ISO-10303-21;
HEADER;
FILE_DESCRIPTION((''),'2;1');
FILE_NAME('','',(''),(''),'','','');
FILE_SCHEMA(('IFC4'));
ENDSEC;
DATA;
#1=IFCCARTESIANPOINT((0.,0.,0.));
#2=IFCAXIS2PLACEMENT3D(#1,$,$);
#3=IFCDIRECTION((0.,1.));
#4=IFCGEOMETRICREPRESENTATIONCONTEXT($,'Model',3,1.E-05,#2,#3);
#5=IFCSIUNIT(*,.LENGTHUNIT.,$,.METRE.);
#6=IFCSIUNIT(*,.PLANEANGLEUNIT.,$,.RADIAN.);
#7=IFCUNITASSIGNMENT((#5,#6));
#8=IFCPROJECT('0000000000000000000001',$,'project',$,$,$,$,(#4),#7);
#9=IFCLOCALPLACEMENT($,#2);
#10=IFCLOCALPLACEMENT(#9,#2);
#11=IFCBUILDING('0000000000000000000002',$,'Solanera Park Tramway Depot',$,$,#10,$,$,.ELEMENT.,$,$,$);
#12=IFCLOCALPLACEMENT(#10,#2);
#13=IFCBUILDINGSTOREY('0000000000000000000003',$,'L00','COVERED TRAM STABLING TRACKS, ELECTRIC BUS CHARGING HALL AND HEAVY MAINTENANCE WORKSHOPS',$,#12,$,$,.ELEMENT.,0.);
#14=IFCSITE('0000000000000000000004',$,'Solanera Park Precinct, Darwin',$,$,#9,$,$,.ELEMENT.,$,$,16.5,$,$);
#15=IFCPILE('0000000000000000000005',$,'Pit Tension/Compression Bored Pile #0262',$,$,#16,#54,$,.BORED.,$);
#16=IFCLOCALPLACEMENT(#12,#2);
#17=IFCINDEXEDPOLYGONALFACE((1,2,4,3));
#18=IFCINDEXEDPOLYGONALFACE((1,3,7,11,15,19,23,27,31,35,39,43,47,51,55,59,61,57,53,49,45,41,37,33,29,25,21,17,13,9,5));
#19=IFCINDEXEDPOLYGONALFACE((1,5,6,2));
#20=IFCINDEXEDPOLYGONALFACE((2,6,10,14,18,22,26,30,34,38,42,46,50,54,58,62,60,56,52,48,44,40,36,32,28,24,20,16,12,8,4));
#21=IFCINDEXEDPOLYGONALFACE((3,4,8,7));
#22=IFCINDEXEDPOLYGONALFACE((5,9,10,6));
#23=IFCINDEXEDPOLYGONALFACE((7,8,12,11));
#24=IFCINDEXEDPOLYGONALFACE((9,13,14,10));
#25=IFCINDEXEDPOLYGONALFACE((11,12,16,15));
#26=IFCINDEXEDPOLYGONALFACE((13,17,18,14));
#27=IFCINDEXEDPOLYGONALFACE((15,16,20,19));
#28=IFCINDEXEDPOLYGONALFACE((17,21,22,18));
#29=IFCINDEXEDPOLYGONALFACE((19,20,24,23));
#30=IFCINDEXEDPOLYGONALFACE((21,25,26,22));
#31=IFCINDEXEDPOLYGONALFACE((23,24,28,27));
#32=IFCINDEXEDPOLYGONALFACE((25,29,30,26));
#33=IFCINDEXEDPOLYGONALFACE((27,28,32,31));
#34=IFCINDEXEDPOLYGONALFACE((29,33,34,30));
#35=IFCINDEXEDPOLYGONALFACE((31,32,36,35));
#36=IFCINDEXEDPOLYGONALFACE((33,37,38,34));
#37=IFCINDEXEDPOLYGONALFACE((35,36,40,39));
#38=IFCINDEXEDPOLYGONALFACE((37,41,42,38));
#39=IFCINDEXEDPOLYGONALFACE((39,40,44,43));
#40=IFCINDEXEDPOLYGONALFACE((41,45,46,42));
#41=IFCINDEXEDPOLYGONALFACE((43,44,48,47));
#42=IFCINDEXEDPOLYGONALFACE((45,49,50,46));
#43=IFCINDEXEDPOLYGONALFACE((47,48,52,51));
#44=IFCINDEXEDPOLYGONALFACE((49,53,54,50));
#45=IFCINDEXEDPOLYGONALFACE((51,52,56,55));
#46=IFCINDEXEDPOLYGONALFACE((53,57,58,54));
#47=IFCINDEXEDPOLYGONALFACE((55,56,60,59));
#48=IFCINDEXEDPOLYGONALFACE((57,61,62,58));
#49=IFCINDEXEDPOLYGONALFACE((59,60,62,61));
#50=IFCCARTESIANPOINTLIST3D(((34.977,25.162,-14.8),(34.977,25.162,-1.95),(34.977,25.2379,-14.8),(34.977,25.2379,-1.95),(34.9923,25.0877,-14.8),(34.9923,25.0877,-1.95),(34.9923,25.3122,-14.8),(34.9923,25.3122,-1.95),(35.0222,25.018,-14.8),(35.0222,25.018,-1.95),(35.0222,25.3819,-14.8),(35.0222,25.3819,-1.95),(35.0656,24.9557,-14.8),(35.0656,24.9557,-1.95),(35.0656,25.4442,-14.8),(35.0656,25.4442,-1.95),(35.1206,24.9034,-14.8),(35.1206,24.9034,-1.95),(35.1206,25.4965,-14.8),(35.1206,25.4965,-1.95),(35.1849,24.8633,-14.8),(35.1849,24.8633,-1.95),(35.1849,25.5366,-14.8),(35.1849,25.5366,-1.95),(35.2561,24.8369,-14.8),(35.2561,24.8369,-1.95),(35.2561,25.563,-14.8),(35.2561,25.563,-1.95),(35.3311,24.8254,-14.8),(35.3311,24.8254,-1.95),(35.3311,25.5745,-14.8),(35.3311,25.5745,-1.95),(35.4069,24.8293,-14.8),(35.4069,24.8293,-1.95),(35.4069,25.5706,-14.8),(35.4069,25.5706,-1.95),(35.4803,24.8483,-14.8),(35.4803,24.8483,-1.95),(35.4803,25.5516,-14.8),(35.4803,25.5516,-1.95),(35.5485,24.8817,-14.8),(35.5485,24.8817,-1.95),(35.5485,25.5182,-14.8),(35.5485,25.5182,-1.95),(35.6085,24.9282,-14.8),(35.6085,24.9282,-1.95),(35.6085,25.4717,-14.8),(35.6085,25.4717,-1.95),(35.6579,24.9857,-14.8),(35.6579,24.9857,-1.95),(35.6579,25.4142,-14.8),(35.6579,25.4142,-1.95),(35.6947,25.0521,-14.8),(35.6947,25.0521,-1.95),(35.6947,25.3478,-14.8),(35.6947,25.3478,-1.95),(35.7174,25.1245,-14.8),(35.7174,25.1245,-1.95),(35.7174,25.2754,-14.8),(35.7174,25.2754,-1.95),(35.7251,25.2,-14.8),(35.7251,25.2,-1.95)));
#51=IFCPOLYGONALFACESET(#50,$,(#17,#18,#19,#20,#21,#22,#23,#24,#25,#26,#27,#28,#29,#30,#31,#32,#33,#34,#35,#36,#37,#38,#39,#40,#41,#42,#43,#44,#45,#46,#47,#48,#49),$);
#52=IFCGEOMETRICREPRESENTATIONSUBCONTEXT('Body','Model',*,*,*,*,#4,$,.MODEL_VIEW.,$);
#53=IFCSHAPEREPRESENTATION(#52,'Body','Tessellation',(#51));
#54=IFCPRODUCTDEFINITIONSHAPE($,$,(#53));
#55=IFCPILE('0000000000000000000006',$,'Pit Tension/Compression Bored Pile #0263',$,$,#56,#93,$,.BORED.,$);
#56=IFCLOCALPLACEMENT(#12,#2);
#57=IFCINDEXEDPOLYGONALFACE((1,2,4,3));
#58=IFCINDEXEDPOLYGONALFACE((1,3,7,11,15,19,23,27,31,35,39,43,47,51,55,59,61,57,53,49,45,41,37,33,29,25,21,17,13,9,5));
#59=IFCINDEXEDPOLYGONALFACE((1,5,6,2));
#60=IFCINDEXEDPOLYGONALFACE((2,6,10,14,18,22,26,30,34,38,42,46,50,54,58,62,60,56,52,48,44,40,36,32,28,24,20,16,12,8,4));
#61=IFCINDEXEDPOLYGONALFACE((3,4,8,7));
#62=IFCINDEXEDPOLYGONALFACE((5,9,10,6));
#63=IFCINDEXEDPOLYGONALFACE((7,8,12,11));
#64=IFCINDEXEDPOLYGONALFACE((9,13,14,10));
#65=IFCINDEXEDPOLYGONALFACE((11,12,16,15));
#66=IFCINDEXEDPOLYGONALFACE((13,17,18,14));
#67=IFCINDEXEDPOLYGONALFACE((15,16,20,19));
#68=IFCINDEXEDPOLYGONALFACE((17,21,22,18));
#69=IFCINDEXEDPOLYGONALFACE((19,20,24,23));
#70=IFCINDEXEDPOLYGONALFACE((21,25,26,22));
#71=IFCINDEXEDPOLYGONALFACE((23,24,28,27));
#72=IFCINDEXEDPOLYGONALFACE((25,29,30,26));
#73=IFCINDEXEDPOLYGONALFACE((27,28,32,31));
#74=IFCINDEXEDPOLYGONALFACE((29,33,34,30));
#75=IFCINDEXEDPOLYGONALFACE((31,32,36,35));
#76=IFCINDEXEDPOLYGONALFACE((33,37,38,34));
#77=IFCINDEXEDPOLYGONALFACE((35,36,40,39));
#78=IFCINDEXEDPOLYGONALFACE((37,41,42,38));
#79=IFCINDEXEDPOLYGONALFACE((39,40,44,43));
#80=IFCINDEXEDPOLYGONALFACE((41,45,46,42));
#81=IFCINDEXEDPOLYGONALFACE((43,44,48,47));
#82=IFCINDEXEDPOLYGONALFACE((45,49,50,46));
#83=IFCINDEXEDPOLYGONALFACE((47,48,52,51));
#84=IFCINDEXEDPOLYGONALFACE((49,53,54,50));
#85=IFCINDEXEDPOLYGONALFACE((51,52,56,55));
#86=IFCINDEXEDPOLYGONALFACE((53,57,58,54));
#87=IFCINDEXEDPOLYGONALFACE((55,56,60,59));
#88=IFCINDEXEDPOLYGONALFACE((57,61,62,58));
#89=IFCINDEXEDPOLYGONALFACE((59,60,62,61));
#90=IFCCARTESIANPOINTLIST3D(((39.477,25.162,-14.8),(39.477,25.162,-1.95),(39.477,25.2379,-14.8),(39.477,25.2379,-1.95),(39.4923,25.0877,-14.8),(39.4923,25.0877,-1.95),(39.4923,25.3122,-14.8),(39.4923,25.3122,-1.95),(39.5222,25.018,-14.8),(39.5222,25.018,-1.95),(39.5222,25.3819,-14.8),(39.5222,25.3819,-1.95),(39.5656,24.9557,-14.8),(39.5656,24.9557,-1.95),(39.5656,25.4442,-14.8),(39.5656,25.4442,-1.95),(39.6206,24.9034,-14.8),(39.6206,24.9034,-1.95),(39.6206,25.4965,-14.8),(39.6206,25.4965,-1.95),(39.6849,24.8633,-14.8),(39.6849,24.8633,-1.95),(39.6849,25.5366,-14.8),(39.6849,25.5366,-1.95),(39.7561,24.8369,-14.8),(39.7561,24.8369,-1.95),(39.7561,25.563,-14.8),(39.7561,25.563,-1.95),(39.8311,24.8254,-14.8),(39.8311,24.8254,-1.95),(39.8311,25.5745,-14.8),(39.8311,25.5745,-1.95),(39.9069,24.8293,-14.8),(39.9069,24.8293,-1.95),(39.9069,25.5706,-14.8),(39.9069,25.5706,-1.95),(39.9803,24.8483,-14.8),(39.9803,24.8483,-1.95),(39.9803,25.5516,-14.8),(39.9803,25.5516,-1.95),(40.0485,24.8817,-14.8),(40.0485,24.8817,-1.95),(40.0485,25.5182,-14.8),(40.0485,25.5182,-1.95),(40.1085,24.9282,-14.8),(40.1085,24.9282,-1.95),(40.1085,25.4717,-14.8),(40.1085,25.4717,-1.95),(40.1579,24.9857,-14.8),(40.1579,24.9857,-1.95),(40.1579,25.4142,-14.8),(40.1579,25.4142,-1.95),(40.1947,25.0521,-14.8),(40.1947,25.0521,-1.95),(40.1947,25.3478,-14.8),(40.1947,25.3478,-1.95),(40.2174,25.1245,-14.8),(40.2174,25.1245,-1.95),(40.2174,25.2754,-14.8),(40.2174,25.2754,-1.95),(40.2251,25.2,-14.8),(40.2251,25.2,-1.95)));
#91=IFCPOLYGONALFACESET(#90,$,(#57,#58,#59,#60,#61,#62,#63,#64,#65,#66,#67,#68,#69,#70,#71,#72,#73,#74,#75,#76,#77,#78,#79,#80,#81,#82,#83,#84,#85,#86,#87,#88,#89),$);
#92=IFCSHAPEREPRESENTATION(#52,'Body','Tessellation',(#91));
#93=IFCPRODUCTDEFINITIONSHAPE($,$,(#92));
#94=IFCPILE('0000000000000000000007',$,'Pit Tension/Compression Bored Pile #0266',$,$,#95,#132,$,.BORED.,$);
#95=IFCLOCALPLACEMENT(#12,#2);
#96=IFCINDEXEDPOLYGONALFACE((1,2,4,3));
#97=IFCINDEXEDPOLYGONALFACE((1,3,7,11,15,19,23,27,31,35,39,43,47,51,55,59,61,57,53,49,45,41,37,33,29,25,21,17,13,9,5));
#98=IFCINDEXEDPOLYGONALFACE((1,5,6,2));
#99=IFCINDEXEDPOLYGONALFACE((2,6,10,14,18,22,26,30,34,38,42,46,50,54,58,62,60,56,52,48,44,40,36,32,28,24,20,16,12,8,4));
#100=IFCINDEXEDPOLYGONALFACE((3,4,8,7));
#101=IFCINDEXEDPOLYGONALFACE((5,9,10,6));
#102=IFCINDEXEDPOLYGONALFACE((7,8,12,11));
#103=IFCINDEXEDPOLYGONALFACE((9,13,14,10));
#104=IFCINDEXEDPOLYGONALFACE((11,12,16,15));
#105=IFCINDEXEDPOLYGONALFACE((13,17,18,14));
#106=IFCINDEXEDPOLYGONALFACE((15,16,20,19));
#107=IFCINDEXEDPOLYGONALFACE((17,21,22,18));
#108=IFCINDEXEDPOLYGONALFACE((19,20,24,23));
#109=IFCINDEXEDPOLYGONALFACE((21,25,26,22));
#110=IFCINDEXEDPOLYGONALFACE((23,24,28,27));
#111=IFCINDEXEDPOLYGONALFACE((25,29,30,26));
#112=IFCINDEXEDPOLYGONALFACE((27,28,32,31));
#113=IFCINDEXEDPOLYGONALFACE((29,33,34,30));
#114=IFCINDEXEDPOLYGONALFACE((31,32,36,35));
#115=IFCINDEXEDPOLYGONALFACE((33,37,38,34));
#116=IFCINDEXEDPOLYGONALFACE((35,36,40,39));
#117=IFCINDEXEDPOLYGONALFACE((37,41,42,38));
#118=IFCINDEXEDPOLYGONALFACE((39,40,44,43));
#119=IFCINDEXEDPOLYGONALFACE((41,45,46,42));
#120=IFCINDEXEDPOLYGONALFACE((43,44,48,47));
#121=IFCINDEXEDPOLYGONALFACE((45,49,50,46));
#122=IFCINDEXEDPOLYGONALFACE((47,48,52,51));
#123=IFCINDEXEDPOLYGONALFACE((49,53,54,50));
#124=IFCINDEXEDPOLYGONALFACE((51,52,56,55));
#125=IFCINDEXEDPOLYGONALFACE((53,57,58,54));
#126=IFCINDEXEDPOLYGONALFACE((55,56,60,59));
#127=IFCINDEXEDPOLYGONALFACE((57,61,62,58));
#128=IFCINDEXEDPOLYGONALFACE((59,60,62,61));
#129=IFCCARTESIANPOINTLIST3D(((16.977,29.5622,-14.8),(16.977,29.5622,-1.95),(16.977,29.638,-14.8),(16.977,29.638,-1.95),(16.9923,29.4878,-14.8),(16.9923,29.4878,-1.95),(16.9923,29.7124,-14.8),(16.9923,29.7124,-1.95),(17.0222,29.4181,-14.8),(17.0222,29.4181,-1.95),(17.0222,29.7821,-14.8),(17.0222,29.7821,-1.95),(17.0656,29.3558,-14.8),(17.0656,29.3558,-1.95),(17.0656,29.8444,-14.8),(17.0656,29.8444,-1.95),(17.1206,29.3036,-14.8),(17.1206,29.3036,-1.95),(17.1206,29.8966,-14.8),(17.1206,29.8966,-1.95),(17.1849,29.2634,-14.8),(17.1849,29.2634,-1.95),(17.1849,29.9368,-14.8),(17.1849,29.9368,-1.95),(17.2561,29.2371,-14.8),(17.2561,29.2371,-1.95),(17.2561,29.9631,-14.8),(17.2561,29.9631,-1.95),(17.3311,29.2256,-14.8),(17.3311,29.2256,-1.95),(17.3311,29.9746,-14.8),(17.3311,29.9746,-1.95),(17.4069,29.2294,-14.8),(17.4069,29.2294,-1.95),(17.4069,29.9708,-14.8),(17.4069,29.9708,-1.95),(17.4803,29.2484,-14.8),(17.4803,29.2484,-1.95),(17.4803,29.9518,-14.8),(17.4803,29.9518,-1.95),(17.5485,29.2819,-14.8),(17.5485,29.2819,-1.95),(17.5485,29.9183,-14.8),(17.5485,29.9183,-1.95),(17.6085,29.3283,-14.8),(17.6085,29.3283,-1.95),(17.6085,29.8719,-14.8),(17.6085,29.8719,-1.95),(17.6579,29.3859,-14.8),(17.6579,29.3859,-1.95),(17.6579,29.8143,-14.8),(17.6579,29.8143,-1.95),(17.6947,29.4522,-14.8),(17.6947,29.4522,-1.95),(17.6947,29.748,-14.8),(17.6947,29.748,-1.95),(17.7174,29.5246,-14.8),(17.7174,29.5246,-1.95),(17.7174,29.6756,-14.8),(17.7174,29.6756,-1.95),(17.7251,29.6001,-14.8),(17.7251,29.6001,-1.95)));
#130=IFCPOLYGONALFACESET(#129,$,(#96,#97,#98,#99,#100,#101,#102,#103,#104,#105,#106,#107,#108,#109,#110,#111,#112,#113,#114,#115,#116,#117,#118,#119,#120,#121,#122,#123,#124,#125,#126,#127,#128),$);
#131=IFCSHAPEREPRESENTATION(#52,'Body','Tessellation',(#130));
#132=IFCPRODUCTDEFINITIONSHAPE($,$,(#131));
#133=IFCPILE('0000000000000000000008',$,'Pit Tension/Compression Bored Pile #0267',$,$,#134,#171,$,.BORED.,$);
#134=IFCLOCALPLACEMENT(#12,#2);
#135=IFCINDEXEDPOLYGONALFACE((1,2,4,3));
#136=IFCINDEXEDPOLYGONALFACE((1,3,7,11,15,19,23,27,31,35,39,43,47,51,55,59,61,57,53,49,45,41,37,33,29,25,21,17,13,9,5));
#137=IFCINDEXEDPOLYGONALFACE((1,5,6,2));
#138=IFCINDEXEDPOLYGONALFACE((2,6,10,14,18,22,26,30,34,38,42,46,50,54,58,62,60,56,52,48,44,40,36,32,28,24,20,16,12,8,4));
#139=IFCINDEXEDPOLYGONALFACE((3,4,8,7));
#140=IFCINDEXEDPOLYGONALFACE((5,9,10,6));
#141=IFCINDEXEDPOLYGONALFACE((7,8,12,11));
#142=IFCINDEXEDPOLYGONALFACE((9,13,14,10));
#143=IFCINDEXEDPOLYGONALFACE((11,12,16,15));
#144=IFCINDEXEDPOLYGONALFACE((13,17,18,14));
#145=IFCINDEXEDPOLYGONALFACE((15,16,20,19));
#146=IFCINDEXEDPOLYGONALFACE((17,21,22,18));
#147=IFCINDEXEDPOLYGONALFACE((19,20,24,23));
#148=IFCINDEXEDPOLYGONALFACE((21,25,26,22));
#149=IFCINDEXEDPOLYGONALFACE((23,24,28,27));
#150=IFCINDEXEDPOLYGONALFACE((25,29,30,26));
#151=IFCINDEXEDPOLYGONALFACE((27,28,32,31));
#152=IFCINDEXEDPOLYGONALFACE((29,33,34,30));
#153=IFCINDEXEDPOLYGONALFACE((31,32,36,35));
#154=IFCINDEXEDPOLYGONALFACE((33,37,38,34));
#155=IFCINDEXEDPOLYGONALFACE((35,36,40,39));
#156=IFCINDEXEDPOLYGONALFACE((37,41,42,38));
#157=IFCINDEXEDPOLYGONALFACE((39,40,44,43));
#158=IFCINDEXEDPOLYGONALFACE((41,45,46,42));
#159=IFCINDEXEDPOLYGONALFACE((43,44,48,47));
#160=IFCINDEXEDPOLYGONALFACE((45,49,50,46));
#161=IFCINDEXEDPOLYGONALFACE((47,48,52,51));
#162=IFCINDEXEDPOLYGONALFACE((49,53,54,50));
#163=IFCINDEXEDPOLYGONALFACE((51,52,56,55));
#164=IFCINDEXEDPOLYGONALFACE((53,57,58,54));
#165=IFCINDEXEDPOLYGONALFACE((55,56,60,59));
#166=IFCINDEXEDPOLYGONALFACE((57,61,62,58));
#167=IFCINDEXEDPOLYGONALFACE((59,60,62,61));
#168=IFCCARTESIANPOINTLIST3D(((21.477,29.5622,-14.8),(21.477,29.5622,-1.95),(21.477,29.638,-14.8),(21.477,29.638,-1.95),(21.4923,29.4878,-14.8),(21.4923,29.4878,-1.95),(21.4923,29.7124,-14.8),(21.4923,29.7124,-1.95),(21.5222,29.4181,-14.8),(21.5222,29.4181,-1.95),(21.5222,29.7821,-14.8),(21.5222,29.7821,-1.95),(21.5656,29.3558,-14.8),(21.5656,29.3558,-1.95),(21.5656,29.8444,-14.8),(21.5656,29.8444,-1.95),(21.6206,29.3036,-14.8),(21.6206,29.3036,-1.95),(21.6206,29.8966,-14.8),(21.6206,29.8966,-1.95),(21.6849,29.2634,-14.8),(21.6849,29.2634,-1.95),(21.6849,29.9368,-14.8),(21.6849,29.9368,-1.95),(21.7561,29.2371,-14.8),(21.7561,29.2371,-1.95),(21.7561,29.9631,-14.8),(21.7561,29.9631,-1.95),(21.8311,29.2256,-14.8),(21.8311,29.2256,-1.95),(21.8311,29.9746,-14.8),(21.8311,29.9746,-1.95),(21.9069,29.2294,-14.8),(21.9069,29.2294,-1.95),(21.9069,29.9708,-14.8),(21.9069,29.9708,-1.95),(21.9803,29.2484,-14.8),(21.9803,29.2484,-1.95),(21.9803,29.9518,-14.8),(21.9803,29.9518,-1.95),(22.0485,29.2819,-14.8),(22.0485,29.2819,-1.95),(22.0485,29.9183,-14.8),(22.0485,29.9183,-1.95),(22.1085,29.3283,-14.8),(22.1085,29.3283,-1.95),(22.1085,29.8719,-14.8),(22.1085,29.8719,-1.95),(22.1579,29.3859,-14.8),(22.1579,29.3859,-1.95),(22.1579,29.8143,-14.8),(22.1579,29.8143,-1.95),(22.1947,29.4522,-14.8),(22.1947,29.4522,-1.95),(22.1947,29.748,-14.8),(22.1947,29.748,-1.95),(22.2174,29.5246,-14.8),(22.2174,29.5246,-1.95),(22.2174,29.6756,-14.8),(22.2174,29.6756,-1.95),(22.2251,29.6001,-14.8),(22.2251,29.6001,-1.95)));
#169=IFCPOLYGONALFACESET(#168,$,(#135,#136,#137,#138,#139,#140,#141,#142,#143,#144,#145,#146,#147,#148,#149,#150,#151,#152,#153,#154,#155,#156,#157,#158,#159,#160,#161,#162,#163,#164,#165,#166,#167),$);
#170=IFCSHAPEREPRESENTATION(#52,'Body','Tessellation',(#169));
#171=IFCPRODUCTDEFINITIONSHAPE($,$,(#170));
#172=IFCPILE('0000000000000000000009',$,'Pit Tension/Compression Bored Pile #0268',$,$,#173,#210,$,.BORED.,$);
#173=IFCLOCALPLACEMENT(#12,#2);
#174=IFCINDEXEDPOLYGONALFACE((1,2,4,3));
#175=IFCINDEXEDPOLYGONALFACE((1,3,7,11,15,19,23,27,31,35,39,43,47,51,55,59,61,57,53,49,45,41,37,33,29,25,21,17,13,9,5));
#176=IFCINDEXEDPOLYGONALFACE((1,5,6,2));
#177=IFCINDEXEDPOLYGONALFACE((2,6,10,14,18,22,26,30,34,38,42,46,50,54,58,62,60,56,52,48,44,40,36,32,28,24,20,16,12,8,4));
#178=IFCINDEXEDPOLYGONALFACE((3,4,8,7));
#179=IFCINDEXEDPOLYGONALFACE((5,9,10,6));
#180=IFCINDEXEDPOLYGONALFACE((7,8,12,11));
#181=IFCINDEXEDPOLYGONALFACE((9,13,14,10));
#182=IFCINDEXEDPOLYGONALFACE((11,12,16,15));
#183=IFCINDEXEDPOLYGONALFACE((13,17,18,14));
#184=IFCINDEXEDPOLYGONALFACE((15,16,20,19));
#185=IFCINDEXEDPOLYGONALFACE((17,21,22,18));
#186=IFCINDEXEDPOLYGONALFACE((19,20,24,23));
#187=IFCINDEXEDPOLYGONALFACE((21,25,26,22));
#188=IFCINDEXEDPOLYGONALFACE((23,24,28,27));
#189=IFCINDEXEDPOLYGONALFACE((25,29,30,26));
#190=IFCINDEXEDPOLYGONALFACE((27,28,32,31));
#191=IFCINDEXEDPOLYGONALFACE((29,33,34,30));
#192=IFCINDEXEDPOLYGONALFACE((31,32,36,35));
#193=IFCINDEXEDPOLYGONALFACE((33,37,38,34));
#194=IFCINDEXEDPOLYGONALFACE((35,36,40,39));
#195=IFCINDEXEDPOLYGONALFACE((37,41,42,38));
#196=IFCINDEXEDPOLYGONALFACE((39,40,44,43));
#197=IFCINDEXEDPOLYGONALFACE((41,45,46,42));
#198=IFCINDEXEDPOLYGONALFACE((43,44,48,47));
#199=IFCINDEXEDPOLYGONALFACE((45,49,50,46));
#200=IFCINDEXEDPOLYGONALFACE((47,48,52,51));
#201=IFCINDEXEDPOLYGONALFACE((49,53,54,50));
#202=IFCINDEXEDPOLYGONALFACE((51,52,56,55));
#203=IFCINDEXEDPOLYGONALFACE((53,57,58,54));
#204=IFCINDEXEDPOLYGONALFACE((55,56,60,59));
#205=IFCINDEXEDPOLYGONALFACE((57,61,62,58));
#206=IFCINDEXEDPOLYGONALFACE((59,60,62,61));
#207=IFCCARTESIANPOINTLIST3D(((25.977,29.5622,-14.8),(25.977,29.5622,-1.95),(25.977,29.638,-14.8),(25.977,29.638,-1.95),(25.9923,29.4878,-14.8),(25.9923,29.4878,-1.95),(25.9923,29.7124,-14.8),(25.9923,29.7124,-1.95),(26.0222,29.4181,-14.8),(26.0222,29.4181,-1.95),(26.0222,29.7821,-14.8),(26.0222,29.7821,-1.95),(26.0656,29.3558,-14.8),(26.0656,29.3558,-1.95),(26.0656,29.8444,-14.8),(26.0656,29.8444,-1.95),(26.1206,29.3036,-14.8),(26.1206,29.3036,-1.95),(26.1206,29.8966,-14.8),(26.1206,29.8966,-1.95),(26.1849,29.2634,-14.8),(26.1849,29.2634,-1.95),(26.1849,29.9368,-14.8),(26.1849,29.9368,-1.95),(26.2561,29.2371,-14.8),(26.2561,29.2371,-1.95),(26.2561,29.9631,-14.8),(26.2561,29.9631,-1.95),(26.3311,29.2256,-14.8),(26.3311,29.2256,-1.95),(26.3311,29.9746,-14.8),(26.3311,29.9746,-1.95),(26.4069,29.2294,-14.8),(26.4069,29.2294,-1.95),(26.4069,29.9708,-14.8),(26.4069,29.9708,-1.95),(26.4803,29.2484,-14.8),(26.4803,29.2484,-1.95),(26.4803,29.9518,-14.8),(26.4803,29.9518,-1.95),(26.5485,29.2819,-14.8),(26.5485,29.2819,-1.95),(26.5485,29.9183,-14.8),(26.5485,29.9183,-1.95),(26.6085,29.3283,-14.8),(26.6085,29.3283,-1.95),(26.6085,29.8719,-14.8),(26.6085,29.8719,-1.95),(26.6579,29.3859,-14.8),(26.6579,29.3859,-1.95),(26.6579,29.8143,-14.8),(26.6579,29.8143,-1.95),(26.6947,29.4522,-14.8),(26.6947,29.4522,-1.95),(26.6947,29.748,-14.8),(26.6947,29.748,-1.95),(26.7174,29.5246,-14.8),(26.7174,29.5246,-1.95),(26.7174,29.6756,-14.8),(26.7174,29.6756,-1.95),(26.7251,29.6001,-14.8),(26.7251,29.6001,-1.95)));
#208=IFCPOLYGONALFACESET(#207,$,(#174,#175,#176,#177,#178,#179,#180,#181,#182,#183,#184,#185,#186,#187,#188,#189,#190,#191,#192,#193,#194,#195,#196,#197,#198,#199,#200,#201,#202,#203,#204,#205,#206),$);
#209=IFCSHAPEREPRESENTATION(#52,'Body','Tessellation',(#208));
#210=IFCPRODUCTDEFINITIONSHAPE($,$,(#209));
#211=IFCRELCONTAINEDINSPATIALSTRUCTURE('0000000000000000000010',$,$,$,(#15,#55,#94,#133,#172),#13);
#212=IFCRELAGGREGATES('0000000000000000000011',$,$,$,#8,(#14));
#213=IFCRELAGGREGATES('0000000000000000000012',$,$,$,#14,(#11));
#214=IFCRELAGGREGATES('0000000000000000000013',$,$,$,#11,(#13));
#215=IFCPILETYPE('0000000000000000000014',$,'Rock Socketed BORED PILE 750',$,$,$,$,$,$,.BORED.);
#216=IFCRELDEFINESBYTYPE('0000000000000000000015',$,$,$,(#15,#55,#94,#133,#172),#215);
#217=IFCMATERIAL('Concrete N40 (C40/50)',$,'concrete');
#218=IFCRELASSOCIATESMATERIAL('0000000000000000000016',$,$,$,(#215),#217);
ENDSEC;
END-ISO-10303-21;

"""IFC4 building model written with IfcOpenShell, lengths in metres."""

from ifc_helpers import new_model, si_unit, direction, frame, origin, origin_2d, place, context, subcontext, project, spatial, circle, extrude, material, material_profile, profile_set, type_object, element, save


model = new_model("IFC4")

# Units and contexts
model_context = context("Model", 3, precision=1e-05, world=origin(), true_north=direction((0.0, 1.0)))
body_context = subcontext(model_context, "Body", "Model", "MODEL_VIEW")
ifc_project = project(units=[si_unit("LENGTHUNIT", "METRE"), si_unit("PLANEANGLEUNIT", "RADIAN")], contexts=[model_context])

# Site, building, storey
site_placement = place(None, origin())
site = spatial("IfcSite", under=ifc_project, at=site_placement, Name="Solanera Park Precinct, Darwin", CompositionType="ELEMENT", RefElevation=16.5)
building_placement = place(site_placement, origin())
building = spatial("IfcBuilding", under=site, at=building_placement, Name="Solanera Park Tramway Depot", CompositionType="ELEMENT")
storey_placement = place(building_placement, origin())
storey = spatial("IfcBuildingStorey", under=building, at=storey_placement, Name="L00", Description="COVERED TRAM STABLING TRACKS, ELECTRIC BUS CHARGING HALL AND HEAVY MAINTENANCE WORKSHOPS", CompositionType="ELEMENT", Elevation=0.0)

# Piles
ifc_material_1 = material(Name="Concrete N40 (C40/50)", Category="concrete")
ifc_material_profile_1 = material_profile(ifc_material_1, circle(Radius=0.375, at=origin_2d()), Name="BORED PILE 750")
ifc_profile_set_1 = profile_set([ifc_material_profile_1], Name="Concrete N40 (C40/50)")
pile_type = type_object("IfcPileType", Name="Rock Socketed BORED PILE 750", PredefinedType="BORED", material=ifc_profile_set_1)
for number, where, z_axis, x_axis, name in (
    (1, (35.3501, 25.2, -1.95), (0.0, 0.0, -1.0), (1.0, 0.0, 0.0), "Pit Tension/Compression Bored Pile #0262"),
    (2, (39.8501, 25.2, -1.95), (0.0, 0.0, -1.0), (1.0, 0.0, 0.0), "Pit Tension/Compression Bored Pile #0263"),
    (3, (17.3501, 29.6001, -1.95), (0.0, 0.0, -1.0), (1.0, 0.0, 0.0), "Pit Tension/Compression Bored Pile #0266"),
    (4, (21.8501, 29.6001, -1.95), (0.0, 0.0, -1.0), (1.0, 0.0, 0.0), "Pit Tension/Compression Bored Pile #0267"),
    (5, (26.3501, 29.6001, -1.95), (0.0, 0.0, -1.0), (1.0, 0.0, 0.0), "Pit Tension/Compression Bored Pile #0268"),
):
    element("IfcPile", number, at=place(storey_placement, frame(where, z_axis=z_axis, x_axis=x_axis)), inside=storey, type_object=pile_type, Name=name, PredefinedType="BORED", context=body_context, shape_type="SweptSolid", body=[
        extrude(circle(Radius=0.375, at=origin_2d()), origin(), (0.0, 0.0, 1.0), 12.8501),
    ])

save(model, "model.ifc")
